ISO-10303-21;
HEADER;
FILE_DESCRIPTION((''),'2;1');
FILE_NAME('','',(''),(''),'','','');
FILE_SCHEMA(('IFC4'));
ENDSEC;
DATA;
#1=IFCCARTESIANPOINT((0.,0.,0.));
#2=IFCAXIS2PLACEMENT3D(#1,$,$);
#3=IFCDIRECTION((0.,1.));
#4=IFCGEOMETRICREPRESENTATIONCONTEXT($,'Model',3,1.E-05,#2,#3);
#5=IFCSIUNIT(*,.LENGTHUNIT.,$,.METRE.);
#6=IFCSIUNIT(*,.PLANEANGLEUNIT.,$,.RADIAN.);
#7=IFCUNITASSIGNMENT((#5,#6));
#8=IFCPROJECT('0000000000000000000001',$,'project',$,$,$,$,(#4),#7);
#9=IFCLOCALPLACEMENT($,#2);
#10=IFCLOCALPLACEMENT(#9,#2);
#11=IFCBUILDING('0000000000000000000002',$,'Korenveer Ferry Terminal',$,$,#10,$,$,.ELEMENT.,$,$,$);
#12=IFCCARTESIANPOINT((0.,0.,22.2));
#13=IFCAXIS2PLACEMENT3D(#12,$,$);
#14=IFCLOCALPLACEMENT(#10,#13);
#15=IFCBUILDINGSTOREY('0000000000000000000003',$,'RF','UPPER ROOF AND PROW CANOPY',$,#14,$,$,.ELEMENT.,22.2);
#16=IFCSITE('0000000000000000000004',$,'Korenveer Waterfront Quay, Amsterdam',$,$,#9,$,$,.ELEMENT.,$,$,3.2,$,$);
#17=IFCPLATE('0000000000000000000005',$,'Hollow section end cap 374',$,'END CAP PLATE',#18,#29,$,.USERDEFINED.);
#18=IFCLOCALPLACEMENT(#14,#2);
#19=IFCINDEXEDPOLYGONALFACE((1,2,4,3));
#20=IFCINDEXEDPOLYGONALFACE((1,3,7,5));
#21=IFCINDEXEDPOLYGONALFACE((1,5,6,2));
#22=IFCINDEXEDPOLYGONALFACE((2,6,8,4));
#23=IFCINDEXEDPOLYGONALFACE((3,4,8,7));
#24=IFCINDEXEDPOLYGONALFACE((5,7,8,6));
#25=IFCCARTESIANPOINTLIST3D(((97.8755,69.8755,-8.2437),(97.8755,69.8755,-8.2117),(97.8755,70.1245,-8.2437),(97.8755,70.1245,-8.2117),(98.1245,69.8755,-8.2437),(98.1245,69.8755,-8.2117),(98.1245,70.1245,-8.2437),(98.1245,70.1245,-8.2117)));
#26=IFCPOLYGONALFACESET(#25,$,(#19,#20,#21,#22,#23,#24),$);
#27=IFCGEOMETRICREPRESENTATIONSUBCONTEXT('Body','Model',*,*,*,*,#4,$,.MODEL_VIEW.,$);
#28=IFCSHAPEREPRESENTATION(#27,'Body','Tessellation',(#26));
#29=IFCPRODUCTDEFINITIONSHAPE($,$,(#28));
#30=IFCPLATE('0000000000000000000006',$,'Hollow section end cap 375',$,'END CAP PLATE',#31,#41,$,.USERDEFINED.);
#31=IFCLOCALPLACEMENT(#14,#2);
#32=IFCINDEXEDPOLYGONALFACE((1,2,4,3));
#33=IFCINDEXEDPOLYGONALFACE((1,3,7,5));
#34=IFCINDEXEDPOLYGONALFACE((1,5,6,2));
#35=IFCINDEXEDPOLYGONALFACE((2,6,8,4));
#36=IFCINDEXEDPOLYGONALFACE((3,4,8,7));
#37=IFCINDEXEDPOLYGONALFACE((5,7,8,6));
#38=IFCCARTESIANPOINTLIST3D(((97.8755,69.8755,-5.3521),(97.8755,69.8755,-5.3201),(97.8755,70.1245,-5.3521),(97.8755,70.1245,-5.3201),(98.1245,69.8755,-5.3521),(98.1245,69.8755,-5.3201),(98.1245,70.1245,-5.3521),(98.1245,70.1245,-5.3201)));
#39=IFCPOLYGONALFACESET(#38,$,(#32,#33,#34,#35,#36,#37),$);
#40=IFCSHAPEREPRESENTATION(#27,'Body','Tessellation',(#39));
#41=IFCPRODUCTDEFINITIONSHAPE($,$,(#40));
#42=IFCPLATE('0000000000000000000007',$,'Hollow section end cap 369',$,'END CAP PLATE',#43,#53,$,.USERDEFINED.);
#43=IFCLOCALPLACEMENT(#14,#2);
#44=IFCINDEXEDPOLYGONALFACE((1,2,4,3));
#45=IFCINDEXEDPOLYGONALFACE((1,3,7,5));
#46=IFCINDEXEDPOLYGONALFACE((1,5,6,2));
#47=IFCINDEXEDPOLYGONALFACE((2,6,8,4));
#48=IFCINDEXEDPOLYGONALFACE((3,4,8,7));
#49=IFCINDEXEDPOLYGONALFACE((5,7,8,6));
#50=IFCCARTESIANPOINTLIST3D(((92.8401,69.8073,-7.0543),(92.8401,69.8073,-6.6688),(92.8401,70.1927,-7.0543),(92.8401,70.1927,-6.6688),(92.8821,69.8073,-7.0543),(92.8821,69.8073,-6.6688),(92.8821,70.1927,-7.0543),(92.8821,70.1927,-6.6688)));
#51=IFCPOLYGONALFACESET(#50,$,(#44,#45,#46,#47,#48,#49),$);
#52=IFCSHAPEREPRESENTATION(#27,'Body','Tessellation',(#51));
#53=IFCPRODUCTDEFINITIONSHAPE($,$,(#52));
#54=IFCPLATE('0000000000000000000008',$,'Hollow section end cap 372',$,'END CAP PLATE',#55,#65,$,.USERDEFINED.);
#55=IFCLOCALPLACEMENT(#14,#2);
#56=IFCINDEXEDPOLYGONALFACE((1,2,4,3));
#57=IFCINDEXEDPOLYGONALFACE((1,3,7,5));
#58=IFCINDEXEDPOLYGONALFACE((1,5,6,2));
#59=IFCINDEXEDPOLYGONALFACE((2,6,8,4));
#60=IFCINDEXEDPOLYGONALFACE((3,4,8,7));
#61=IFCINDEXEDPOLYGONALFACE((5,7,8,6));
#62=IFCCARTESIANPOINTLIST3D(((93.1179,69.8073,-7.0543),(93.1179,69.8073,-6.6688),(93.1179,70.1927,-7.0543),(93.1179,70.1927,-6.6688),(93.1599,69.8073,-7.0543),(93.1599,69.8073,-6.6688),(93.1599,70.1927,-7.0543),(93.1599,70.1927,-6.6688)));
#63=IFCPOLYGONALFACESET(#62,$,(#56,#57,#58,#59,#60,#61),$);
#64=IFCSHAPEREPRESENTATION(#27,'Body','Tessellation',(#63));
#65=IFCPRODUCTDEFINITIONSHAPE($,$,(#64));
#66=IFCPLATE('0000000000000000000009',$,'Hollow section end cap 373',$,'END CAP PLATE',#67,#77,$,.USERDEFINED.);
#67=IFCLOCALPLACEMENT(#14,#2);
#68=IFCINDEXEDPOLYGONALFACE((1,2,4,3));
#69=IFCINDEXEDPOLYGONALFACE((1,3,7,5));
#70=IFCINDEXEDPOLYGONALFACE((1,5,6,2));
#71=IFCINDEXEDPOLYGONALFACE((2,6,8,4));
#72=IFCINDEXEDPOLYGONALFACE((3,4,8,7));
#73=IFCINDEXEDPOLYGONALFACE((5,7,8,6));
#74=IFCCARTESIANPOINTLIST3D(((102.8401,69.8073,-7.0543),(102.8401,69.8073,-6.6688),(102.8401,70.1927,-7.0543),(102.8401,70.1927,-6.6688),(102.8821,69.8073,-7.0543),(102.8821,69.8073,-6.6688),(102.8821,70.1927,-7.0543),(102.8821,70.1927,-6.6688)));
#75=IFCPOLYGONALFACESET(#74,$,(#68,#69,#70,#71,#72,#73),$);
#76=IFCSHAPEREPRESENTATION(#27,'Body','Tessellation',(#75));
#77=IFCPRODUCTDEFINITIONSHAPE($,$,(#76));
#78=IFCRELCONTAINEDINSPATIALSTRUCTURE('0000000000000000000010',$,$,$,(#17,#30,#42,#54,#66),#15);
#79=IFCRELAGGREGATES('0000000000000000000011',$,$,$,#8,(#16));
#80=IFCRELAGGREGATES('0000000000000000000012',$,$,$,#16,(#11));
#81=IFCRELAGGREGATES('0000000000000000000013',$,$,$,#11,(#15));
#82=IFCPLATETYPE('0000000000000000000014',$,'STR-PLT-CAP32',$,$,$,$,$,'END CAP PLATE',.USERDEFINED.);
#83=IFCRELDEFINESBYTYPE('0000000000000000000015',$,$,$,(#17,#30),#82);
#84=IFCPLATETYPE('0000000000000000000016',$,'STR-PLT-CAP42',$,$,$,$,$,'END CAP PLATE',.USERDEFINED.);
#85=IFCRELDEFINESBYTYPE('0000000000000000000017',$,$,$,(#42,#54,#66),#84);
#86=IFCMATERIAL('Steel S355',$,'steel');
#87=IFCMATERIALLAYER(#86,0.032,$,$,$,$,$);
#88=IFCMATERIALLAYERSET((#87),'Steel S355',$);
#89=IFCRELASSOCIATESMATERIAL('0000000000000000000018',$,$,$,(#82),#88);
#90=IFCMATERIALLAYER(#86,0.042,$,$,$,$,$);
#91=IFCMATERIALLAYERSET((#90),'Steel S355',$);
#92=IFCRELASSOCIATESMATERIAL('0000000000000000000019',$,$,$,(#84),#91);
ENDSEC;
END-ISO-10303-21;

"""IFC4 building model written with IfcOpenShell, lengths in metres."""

from ifc_helpers import new_model, si_unit, direction, frame, origin, origin_2d, place, context, subcontext, project, spatial, rectangle, extrude, material, layer, layer_set, type_object, element, save


model = new_model("IFC4")

# Units and contexts
model_context = context("Model", 3, precision=1e-05, world=origin(), true_north=direction((0.0, 1.0)))
body_context = subcontext(model_context, "Body", "Model", "MODEL_VIEW")
ifc_project = project(units=[si_unit("LENGTHUNIT", "METRE"), si_unit("PLANEANGLEUNIT", "RADIAN")], contexts=[model_context])

# Site, building, storey
site_placement = place(None, origin())
site = spatial("IfcSite", under=ifc_project, at=site_placement, Name="Korenveer Waterfront Quay, Amsterdam", CompositionType="ELEMENT", RefElevation=3.2)
building_placement = place(site_placement, origin())
building = spatial("IfcBuilding", under=site, at=building_placement, Name="Korenveer Ferry Terminal", CompositionType="ELEMENT")
storey_placement = place(building_placement, frame((0.0, 0.0, 22.2)))
storey = spatial("IfcBuildingStorey", under=building, at=storey_placement, Name="RF", Description="UPPER ROOF AND PROW CANOPY", CompositionType="ELEMENT", Elevation=22.2)

# Shared definitions
ifc_material_1 = material(Name="Steel S355", Category="steel")

# Plates
ifc_layer_1 = layer(ifc_material_1, 0.032)
ifc_layer_set_1 = layer_set([ifc_layer_1], Name="Steel S355")
plate_type_1 = type_object("IfcPlateType", Name="STR-PLT-CAP32", ElementType="END CAP PLATE", PredefinedType="USERDEFINED", material=ifc_layer_set_1)
for number, where, z_axis, x_axis, name in (
    (1, (98.0, 70.0, -8.2437), (0.0, 0.0, 1.0), (1.0, 0.0, 0.0), "Hollow section end cap 374"),
    (2, (98.0, 70.0, -5.3521), (0.0, 0.0, 1.0), (1.0, 0.0, 0.0), "Hollow section end cap 375"),
):
    element("IfcPlate", number, at=place(storey_placement, frame(where, z_axis=z_axis, x_axis=x_axis)), inside=storey, type_object=plate_type_1, Name=name, ObjectType="END CAP PLATE", PredefinedType="USERDEFINED", context=body_context, shape_type="SweptSolid", body=[
        extrude(rectangle(XDim=0.249, YDim=0.249, at=origin_2d()), origin(), (0.0, 0.0, 1.0), 0.032),
    ])
ifc_layer_2 = layer(ifc_material_1, 0.042)
ifc_layer_set_2 = layer_set([ifc_layer_2], Name="Steel S355")
plate_type_2 = type_object("IfcPlateType", Name="STR-PLT-CAP42", ElementType="END CAP PLATE", PredefinedType="USERDEFINED", material=ifc_layer_set_2)
for number, where, z_axis, x_axis, name in (
    (3, (92.8401, 70.0, -6.8616), (1.0, 0.0, 0.0), (0.0, 1.0, 0.0), "Hollow section end cap 369"),
    (4, (93.1179, 70.0, -6.8616), (1.0, 0.0, 0.0), (0.0, 1.0, 0.0), "Hollow section end cap 372"),
    (5, (102.8401, 70.0, -6.8616), (1.0, 0.0, 0.0), (0.0, 1.0, 0.0), "Hollow section end cap 373"),
):
    element("IfcPlate", number, at=place(storey_placement, frame(where, z_axis=z_axis, x_axis=x_axis)), inside=storey, type_object=plate_type_2, Name=name, ObjectType="END CAP PLATE", PredefinedType="USERDEFINED", context=body_context, shape_type="SweptSolid", body=[
        extrude(rectangle(XDim=0.3855, YDim=0.3855, at=origin_2d()), origin(), (0.0, 0.0, 1.0), 0.042),
    ])

save(model, "model.ifc")
